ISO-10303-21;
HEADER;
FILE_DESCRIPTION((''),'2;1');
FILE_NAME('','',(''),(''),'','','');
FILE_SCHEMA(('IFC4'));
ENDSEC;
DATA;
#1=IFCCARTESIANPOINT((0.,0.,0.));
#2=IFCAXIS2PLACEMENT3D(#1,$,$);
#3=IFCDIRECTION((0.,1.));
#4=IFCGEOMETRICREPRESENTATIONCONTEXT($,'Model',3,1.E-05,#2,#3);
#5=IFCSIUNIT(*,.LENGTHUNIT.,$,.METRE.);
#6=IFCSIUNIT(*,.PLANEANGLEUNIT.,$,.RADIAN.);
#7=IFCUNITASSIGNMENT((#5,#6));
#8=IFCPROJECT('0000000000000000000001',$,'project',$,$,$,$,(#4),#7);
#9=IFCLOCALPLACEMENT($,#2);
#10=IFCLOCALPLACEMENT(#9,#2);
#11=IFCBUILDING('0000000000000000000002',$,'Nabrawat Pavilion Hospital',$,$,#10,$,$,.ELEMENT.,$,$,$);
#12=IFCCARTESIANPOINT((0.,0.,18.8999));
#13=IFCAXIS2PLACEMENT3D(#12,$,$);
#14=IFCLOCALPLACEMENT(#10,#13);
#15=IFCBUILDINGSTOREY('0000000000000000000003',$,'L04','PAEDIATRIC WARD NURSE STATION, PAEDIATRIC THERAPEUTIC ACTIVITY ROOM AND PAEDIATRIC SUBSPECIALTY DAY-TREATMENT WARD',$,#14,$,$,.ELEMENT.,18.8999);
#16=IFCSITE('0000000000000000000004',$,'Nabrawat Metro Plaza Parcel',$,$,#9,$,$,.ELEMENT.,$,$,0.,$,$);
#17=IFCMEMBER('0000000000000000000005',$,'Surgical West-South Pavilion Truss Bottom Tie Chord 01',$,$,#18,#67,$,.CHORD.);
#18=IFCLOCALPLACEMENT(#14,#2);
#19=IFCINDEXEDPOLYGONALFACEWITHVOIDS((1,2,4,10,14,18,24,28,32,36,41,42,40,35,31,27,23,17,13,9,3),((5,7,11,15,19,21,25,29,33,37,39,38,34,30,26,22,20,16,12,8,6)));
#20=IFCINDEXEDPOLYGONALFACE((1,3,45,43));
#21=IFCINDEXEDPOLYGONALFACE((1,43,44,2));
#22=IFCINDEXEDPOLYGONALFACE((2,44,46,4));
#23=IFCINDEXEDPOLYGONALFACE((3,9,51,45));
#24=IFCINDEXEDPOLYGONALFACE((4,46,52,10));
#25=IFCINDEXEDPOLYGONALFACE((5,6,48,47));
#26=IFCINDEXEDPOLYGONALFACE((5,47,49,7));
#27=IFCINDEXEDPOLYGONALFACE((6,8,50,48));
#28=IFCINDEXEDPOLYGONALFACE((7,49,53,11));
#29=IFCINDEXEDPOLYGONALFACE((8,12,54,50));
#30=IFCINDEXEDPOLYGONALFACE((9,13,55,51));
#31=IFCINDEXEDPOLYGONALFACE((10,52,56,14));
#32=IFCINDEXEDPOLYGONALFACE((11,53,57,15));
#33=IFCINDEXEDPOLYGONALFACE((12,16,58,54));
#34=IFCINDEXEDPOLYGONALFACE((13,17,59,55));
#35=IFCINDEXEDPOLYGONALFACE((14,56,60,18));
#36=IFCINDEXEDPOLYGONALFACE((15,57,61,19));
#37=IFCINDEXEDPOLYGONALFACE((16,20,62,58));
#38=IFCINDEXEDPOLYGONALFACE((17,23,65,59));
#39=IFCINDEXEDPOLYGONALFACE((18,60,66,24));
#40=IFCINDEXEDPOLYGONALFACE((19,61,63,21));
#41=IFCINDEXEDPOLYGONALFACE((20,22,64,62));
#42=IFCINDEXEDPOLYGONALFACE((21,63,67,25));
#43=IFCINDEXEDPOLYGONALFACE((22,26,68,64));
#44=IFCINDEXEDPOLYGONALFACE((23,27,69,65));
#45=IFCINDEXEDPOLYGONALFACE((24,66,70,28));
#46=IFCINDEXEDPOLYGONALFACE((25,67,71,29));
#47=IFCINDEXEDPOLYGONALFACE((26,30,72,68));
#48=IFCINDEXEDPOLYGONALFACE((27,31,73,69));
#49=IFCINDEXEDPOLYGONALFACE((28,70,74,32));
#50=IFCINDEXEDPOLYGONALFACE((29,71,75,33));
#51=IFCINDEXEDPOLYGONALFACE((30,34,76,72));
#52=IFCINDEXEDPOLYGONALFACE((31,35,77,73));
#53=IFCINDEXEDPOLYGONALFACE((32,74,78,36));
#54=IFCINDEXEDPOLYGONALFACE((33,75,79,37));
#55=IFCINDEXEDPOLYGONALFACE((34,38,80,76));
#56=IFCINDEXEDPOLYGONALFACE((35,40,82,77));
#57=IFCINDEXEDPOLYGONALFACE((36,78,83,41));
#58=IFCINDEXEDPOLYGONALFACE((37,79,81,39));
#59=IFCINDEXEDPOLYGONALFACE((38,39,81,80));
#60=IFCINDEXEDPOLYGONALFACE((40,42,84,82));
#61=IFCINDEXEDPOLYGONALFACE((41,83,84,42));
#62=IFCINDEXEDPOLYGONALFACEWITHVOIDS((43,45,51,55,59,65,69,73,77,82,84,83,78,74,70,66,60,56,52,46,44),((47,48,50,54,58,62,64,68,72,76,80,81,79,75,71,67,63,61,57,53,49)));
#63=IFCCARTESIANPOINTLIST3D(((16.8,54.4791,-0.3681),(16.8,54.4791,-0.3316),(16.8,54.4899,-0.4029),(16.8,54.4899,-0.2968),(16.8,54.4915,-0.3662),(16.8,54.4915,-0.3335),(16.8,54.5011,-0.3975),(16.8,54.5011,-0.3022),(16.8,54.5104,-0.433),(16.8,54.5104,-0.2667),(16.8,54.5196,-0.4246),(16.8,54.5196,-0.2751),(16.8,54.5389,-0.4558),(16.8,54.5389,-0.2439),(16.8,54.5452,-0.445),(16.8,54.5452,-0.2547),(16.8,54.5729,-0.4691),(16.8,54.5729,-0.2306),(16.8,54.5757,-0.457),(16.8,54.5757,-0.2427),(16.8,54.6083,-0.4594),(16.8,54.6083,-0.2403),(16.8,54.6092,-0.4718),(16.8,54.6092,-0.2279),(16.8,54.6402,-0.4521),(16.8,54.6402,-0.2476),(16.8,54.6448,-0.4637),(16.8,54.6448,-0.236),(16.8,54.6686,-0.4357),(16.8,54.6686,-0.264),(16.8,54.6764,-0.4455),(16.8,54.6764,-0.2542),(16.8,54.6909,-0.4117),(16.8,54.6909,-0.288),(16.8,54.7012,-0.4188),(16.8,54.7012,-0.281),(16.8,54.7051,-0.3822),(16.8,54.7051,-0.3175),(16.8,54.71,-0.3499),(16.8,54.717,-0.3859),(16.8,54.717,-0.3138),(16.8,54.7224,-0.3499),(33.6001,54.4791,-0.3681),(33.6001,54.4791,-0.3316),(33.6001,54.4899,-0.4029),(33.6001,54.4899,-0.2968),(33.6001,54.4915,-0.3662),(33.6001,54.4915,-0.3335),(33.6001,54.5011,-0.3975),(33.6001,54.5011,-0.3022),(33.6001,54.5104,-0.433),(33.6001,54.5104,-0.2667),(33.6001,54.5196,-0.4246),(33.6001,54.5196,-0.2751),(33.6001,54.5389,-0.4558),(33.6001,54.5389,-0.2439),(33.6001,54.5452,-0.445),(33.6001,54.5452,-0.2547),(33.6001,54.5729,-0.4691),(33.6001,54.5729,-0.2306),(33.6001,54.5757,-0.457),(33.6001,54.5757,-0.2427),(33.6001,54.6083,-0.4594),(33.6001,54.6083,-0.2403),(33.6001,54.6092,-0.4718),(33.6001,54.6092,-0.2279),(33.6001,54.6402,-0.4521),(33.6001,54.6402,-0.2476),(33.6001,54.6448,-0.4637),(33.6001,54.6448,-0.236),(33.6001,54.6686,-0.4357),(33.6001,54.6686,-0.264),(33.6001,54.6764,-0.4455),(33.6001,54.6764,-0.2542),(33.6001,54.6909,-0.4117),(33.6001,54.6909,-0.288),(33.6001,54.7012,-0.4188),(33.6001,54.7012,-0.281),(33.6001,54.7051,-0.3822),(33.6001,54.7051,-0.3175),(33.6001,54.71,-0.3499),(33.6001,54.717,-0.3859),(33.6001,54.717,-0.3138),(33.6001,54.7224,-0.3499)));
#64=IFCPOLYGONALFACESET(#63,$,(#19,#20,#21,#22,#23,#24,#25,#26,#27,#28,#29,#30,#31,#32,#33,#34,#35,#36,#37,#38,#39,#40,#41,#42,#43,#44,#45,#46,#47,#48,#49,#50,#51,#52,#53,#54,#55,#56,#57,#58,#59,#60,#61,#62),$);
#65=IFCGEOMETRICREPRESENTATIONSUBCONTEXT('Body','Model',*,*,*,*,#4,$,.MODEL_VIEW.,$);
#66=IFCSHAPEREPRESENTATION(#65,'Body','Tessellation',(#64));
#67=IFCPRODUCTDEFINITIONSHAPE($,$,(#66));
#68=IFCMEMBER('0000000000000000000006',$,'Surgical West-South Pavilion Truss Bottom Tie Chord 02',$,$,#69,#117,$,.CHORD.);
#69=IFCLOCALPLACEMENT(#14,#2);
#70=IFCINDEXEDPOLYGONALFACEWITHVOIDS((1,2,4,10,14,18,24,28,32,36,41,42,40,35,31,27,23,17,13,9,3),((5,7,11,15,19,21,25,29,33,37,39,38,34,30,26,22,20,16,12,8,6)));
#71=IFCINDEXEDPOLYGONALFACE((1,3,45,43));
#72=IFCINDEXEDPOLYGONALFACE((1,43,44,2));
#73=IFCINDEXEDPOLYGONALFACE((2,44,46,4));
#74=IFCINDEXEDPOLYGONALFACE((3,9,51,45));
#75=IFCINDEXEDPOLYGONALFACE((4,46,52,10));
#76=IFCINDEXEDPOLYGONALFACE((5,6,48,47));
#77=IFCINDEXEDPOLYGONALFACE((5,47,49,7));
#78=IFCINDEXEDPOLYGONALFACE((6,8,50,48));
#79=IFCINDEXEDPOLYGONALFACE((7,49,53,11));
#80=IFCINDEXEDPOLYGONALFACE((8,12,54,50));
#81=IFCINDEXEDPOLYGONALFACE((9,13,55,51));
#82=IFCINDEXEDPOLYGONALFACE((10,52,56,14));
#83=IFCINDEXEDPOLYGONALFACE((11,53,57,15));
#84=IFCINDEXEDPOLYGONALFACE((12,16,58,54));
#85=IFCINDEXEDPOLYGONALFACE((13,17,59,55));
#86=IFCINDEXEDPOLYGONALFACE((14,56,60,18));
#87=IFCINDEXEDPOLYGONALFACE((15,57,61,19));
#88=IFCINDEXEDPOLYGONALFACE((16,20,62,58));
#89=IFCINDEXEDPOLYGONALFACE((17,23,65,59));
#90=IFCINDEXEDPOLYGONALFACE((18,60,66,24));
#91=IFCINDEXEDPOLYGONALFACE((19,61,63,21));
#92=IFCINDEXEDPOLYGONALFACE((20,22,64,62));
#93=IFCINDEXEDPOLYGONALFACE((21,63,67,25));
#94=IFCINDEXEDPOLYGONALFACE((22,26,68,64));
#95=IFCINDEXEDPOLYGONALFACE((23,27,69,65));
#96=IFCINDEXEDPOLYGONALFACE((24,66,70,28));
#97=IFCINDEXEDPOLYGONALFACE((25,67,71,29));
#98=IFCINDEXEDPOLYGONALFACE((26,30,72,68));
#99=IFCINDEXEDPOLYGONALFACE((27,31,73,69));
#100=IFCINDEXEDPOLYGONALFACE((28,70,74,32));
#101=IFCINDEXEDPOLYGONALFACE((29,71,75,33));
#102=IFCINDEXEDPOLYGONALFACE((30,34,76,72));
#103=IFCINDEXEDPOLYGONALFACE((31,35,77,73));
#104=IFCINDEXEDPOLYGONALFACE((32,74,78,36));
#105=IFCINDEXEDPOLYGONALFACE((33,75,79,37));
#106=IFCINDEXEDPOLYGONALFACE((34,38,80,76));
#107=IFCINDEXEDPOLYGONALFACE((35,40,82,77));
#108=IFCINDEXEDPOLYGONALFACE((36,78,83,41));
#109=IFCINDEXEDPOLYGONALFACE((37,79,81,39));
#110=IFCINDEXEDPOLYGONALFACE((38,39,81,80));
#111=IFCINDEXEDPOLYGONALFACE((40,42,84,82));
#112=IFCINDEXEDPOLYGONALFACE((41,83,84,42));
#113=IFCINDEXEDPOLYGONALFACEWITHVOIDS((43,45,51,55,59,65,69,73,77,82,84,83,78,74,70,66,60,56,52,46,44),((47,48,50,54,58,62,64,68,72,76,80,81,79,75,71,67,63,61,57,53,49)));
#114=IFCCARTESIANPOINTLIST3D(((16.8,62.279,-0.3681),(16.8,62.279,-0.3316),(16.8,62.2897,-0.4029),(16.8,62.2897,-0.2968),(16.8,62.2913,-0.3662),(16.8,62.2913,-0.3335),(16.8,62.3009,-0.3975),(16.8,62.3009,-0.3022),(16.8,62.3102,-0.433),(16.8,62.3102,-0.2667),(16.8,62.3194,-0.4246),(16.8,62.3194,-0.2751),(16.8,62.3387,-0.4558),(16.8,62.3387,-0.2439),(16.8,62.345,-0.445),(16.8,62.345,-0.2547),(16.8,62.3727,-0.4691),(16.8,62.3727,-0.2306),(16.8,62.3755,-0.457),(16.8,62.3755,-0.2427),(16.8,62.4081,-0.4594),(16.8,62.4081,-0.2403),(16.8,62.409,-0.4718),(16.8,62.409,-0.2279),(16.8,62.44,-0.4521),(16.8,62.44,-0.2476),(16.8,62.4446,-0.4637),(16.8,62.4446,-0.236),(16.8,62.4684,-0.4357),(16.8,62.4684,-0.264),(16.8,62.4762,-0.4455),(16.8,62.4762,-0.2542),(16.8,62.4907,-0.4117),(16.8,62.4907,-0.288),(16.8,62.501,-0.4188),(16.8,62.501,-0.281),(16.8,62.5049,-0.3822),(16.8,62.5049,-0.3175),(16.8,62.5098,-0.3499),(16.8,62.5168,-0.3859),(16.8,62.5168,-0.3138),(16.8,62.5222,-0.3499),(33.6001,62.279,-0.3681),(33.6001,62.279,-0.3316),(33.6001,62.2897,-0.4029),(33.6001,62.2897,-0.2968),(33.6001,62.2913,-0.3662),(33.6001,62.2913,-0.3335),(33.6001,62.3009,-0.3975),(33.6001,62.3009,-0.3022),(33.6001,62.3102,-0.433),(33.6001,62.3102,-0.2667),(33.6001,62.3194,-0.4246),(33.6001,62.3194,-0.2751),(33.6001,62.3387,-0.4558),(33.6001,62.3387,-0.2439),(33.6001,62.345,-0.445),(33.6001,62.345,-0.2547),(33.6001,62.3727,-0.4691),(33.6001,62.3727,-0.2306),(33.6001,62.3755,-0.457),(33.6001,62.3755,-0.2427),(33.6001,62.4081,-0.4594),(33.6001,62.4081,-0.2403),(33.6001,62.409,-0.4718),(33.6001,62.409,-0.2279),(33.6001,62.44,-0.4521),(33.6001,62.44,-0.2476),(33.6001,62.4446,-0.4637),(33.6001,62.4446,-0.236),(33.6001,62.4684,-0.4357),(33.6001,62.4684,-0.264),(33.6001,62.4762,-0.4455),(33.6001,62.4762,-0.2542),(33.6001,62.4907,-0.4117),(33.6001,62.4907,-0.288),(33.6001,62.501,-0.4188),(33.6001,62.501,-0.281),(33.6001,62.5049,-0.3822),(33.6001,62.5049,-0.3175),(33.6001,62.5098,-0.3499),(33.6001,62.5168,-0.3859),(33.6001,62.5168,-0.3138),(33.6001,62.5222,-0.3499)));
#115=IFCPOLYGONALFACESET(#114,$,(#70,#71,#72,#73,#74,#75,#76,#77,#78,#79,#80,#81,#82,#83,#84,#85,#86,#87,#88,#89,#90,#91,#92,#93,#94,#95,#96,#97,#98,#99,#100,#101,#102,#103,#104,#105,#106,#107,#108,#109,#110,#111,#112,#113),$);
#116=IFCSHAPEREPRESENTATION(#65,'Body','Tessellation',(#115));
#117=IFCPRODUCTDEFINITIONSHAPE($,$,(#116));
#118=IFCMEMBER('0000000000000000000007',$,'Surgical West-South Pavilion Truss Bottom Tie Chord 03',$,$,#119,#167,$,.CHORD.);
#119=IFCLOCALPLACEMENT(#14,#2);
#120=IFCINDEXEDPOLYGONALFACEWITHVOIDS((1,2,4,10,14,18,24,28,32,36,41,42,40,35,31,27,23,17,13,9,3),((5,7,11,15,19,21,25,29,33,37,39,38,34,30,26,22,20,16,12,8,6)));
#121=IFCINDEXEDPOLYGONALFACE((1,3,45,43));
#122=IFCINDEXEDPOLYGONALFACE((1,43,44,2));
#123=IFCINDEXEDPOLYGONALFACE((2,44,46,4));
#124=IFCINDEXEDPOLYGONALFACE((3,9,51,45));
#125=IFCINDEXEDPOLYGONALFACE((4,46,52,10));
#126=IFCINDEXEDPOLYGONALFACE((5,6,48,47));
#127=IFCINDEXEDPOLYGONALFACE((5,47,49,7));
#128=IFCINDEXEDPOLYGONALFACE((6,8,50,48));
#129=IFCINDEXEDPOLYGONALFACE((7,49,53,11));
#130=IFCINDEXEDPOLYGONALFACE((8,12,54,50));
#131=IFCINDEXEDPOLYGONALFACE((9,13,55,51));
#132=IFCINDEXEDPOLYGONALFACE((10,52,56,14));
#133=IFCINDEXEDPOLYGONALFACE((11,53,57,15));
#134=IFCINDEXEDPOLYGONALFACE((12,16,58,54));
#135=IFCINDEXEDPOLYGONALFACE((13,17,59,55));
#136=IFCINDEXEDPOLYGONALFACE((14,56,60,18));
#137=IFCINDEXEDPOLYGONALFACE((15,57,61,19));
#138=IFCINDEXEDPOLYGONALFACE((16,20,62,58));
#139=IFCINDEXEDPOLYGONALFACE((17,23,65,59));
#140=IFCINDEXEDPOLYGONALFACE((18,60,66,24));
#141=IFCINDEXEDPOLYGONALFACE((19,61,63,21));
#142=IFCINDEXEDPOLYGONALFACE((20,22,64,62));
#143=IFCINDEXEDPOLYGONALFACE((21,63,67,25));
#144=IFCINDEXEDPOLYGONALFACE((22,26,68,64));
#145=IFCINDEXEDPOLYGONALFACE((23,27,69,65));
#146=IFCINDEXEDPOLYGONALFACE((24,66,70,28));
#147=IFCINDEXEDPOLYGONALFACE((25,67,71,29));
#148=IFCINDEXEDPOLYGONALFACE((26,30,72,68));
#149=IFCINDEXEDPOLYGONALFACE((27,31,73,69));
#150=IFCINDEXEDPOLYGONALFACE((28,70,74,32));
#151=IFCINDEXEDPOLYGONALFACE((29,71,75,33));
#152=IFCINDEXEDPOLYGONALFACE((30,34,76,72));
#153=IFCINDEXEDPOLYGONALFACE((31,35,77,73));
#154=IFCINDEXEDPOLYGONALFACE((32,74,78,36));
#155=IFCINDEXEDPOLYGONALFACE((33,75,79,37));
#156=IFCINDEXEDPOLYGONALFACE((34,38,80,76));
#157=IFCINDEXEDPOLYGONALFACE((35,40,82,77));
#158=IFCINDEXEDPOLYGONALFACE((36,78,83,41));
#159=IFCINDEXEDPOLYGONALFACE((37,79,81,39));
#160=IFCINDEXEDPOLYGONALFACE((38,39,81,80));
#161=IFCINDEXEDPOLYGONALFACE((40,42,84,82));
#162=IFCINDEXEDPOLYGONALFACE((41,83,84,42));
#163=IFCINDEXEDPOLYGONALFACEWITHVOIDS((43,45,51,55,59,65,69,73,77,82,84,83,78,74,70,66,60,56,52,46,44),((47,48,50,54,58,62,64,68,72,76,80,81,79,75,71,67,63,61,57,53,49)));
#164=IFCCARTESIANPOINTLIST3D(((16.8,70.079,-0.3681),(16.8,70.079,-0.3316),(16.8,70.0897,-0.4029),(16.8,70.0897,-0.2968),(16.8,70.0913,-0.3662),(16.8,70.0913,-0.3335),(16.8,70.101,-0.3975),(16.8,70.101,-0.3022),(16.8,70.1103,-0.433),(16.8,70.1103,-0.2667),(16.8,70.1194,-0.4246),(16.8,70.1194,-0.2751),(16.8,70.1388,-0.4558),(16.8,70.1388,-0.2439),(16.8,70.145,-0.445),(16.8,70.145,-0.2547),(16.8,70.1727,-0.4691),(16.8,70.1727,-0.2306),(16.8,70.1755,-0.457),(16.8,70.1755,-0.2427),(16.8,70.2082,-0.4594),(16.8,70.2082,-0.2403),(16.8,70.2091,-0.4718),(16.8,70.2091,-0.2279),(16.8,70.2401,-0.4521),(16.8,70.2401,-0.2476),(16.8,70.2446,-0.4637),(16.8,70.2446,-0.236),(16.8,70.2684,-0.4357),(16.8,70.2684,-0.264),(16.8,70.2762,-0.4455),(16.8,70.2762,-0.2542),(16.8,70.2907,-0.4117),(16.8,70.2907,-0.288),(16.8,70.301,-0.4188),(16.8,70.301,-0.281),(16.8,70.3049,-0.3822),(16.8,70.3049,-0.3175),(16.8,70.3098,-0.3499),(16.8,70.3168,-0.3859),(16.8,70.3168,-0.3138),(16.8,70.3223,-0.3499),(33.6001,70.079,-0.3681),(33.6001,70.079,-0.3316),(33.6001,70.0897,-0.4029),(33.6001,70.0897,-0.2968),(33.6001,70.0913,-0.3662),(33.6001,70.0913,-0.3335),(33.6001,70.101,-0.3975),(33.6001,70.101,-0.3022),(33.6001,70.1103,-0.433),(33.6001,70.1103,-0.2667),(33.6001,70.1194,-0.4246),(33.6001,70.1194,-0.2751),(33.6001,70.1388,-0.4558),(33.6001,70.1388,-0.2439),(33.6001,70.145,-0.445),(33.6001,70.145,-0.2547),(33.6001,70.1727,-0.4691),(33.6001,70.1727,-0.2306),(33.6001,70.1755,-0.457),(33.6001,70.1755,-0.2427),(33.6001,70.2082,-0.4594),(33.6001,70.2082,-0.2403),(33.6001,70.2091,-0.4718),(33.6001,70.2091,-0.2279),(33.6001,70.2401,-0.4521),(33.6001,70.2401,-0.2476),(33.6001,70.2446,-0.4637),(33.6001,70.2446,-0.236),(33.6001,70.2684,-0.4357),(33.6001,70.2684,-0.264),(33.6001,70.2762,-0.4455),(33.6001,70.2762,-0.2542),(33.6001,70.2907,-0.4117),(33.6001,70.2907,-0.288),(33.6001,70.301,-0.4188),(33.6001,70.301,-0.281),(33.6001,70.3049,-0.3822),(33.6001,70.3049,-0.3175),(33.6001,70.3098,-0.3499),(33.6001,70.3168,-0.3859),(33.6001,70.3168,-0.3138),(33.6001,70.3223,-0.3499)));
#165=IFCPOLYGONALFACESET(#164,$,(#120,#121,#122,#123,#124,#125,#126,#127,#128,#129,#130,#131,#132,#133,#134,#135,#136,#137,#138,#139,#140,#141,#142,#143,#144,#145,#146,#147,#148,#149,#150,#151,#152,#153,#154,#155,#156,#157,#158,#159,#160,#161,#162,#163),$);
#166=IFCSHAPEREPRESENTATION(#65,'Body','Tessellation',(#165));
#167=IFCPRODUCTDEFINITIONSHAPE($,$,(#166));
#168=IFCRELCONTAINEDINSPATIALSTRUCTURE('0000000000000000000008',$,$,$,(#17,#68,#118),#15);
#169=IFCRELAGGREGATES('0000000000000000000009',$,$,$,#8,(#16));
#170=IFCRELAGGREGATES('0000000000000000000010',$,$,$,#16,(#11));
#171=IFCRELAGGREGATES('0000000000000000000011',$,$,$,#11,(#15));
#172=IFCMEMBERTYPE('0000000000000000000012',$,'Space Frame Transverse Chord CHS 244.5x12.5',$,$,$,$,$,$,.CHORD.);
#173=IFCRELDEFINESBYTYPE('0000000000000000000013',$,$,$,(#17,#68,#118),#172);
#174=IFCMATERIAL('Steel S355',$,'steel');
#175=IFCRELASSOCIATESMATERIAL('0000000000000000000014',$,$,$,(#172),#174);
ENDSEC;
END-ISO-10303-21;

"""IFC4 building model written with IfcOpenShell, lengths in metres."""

from ifc_helpers import new_model, si_unit, direction, frame, origin, origin_2d, place, context, subcontext, project, spatial, hollow_circle, extrude, material, material_profile, profile_set, type_object, element, save


model = new_model("IFC4")

# Units and contexts
model_context = context("Model", 3, precision=1e-05, world=origin(), true_north=direction((0.0, 1.0)))
body_context = subcontext(model_context, "Body", "Model", "MODEL_VIEW")
ifc_project = project(units=[si_unit("LENGTHUNIT", "METRE"), si_unit("PLANEANGLEUNIT", "RADIAN")], contexts=[model_context])

# Site, building, storey
site_placement = place(None, origin())
site = spatial("IfcSite", under=ifc_project, at=site_placement, Name="Nabrawat Metro Plaza Parcel", CompositionType="ELEMENT", RefElevation=0.0)
building_placement = place(site_placement, origin())
building = spatial("IfcBuilding", under=site, at=building_placement, Name="Nabrawat Pavilion Hospital", CompositionType="ELEMENT")
storey_placement = place(building_placement, frame((0.0, 0.0, 18.8999)))
storey = spatial("IfcBuildingStorey", under=building, at=storey_placement, Name="L04", Description="PAEDIATRIC WARD NURSE STATION, PAEDIATRIC THERAPEUTIC ACTIVITY ROOM AND PAEDIATRIC SUBSPECIALTY DAY-TREATMENT WARD", CompositionType="ELEMENT", Elevation=18.8999)

# Members
ifc_material_1 = material(Name="Steel S355", Category="steel")
ifc_material_profile_1 = material_profile(ifc_material_1, hollow_circle(Radius=0.1223, WallThickness=0.0125, at=origin_2d()), Name="CHS 244.5x12.5")
ifc_profile_set_1 = profile_set([ifc_material_profile_1], Name="Steel S355")
member_type_1 = type_object("IfcMemberType", Name="Space Frame Transverse Chord CHS 244.5x12.5", PredefinedType="CHORD", material=ifc_profile_set_1)
for number, where, z_axis, x_axis, name in (
    (1, (16.8, 54.6001, -0.3499), (1.0, 0.0, 0.0), (0.0, 1.0, 0.0), "Surgical West-South Pavilion Truss Bottom Tie Chord 01"),
    (2, (16.8, 62.3999, -0.3499), (1.0, 0.0, 0.0), (0.0, 1.0, 0.0), "Surgical West-South Pavilion Truss Bottom Tie Chord 02"),
    (3, (16.8, 70.2, -0.3499), (1.0, 0.0, 0.0), (0.0, 1.0, 0.0), "Surgical West-South Pavilion Truss Bottom Tie Chord 03"),
):
    element("IfcMember", number, at=place(storey_placement, frame(where, z_axis=z_axis, x_axis=x_axis)), inside=storey, type_object=member_type_1, Name=name, PredefinedType="CHORD", context=body_context, shape_type="SweptSolid", body=[
        extrude(hollow_circle(Radius=0.1223, WallThickness=0.0125, at=origin_2d()), origin(), (0.0, 0.0, 1.0), 16.8),
    ])

save(model, "model.ifc")
